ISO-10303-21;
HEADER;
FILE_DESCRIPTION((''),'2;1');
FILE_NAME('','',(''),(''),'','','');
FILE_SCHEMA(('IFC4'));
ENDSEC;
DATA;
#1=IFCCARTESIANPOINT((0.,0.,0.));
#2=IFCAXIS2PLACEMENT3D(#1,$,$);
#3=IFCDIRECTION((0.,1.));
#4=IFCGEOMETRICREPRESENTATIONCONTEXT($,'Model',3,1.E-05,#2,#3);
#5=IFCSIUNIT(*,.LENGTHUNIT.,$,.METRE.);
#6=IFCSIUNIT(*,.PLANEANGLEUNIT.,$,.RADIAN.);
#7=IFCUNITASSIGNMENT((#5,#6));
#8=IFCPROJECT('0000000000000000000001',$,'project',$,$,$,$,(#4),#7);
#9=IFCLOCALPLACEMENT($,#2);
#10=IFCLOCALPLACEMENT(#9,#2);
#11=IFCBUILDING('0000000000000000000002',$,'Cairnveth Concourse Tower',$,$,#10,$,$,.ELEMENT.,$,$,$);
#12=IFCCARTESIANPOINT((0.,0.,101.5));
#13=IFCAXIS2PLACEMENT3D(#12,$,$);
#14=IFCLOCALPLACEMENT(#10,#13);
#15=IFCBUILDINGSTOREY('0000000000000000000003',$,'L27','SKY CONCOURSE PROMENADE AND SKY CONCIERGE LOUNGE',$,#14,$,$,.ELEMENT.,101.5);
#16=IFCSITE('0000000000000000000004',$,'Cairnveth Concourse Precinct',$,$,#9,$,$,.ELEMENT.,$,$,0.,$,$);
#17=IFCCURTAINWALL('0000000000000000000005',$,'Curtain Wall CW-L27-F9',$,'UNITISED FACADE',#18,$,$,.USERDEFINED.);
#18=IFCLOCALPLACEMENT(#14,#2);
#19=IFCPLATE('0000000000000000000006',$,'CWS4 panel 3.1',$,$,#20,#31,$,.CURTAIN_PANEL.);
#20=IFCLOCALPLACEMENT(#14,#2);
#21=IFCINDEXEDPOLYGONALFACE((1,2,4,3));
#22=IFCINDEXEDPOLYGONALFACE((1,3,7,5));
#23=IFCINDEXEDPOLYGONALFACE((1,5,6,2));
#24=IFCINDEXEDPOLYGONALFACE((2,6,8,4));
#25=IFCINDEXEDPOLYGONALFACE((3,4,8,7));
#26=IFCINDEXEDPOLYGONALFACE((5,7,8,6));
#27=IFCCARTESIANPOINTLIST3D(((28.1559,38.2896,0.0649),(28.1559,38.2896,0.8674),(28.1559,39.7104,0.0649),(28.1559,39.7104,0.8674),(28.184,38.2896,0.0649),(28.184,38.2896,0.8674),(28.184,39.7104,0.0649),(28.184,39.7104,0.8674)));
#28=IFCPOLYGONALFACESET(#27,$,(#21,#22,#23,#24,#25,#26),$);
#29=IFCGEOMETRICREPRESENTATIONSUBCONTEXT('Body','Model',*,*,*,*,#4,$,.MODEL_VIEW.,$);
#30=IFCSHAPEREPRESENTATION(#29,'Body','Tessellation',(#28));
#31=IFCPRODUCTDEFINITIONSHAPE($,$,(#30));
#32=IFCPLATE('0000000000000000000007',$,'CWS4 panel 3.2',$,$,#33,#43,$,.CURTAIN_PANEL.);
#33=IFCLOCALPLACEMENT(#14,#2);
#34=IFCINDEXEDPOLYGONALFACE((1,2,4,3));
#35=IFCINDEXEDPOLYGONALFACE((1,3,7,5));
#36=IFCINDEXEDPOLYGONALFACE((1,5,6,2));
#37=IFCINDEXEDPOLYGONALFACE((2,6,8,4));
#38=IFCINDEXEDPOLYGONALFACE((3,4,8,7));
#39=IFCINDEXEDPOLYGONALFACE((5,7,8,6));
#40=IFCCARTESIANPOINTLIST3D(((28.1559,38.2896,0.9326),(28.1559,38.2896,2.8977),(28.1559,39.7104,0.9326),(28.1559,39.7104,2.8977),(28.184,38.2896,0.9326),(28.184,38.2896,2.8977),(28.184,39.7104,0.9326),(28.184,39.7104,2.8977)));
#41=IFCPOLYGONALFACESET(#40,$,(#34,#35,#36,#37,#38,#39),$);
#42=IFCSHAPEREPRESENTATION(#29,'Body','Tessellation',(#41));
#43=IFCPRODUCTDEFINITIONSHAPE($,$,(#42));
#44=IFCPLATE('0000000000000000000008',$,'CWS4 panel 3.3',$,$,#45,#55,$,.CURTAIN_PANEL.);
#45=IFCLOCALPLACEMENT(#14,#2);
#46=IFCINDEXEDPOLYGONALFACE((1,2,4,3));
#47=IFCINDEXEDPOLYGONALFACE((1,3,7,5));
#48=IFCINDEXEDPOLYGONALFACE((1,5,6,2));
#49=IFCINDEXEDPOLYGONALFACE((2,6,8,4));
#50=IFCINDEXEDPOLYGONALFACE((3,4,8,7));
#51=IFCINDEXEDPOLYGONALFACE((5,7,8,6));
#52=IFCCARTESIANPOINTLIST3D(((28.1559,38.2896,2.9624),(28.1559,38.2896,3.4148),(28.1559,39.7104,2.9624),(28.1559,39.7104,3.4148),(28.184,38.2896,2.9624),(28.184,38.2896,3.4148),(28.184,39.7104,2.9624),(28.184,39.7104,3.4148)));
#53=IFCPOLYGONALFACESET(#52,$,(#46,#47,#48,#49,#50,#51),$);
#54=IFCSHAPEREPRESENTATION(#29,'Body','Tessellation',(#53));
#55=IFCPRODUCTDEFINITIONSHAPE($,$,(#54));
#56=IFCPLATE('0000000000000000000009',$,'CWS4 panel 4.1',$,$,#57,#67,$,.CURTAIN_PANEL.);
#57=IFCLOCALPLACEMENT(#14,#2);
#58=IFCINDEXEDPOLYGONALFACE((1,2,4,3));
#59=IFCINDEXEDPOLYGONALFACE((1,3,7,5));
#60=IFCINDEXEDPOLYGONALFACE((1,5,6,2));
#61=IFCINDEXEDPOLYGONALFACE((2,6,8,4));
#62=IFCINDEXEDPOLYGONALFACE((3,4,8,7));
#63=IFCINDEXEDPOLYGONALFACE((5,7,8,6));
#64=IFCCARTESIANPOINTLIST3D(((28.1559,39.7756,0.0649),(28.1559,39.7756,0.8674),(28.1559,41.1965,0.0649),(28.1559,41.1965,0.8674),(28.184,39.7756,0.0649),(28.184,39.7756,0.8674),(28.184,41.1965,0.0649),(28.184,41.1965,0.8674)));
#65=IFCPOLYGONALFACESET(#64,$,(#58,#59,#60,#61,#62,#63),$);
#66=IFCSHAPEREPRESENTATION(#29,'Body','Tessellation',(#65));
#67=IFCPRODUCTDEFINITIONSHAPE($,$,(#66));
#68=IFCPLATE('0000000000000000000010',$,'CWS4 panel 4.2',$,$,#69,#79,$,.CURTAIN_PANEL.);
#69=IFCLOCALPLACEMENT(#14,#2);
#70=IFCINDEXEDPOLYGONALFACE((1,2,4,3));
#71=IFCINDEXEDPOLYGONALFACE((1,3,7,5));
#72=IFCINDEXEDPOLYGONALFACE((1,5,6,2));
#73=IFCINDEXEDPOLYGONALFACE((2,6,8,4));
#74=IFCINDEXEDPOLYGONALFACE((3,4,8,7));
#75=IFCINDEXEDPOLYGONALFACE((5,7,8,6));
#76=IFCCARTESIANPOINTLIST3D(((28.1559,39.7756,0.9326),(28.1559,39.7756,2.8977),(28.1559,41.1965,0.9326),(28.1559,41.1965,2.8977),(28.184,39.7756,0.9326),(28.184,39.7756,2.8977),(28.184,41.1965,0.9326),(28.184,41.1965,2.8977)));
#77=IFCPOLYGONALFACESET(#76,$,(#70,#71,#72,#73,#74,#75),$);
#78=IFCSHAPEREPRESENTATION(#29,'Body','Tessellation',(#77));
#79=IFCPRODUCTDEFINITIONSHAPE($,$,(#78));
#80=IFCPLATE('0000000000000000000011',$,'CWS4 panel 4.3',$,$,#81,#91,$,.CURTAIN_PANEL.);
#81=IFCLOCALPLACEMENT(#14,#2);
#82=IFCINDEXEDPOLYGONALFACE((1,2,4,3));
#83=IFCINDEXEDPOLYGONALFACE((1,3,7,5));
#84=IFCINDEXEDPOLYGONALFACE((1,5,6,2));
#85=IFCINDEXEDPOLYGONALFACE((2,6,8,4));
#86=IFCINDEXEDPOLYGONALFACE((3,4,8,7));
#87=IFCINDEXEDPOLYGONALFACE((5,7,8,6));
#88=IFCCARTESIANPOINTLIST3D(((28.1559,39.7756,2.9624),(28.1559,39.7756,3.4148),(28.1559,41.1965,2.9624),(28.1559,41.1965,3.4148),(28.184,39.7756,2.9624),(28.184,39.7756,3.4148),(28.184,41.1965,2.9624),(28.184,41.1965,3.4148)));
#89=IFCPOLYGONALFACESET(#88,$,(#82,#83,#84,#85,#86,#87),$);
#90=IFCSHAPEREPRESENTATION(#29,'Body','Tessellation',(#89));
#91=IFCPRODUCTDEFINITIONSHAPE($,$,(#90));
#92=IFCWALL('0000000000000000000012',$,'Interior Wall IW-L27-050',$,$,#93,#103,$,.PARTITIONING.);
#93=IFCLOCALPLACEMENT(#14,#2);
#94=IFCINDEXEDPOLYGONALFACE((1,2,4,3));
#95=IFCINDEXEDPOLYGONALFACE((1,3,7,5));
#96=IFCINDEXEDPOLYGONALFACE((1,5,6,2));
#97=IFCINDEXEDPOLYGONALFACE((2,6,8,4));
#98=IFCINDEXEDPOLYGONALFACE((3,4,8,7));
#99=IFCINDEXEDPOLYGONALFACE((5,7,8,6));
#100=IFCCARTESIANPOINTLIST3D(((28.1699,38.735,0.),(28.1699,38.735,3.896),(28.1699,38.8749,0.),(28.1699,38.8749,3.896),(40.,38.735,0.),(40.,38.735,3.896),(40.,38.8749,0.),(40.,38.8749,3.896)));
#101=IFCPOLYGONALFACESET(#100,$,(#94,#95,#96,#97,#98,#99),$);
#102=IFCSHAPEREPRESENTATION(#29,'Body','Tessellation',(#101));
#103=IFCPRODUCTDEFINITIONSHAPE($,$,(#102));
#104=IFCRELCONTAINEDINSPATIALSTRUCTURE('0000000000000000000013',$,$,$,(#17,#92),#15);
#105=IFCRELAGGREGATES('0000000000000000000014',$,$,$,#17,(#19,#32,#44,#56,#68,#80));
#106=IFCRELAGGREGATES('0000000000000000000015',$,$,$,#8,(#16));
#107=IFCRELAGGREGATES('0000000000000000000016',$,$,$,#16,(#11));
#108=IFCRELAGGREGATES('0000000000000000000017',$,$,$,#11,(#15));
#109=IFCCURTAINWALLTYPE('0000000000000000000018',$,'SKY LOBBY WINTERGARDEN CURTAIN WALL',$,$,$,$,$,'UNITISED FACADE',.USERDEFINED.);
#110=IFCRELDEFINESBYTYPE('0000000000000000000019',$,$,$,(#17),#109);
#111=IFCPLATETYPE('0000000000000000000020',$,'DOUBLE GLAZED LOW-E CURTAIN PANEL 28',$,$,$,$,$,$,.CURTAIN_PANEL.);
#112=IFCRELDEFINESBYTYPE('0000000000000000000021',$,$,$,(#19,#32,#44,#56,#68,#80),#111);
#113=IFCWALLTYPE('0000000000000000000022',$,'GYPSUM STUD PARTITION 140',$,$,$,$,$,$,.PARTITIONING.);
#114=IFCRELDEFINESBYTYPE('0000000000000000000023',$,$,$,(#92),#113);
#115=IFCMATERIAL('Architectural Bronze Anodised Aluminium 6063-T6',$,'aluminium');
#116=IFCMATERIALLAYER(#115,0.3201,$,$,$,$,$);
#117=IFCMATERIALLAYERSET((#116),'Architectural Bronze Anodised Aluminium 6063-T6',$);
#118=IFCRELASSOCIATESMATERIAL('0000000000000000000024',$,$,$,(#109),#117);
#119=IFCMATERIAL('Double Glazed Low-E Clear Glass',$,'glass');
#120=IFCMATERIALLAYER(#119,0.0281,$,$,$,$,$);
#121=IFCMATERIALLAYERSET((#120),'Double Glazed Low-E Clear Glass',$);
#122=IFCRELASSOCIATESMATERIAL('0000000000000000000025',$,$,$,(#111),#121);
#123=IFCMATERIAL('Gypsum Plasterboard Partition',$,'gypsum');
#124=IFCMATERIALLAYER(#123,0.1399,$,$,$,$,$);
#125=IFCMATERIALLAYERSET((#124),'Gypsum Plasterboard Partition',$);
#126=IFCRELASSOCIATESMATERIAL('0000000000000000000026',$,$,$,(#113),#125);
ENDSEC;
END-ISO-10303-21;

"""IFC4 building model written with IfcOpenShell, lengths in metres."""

from ifc_helpers import new_model, si_unit, direction, frame, frame_2d, origin, origin_2d, place, context, subcontext, project, spatial, rectangle, extrude, material, layer, layer_set, type_object, element, aggregate, save


model = new_model("IFC4")

# Units and contexts
model_context = context("Model", 3, precision=1e-05, world=origin(), true_north=direction((0.0, 1.0)))
body_context = subcontext(model_context, "Body", "Model", "MODEL_VIEW")
ifc_project = project(units=[si_unit("LENGTHUNIT", "METRE"), si_unit("PLANEANGLEUNIT", "RADIAN")], contexts=[model_context])

# Site, building, storey
site_placement = place(None, origin())
site = spatial("IfcSite", under=ifc_project, at=site_placement, Name="Cairnveth Concourse Precinct", CompositionType="ELEMENT", RefElevation=0.0)
building_placement = place(site_placement, origin())
building = spatial("IfcBuilding", under=site, at=building_placement, Name="Cairnveth Concourse Tower", CompositionType="ELEMENT")
storey_placement = place(building_placement, frame((0.0, 0.0, 101.5)))
storey = spatial("IfcBuildingStorey", under=building, at=storey_placement, Name="L27", Description="SKY CONCOURSE PROMENADE AND SKY CONCIERGE LOUNGE", CompositionType="ELEMENT", Elevation=101.5)

# Curtain wall, plates
ifc_material_1 = material(Name="Architectural Bronze Anodised Aluminium 6063-T6", Category="aluminium")
ifc_layer_1 = layer(ifc_material_1, 0.3201)
ifc_layer_set_1 = layer_set([ifc_layer_1], Name="Architectural Bronze Anodised Aluminium 6063-T6")
curtain_wall_type = type_object("IfcCurtainWallType", Name="SKY LOBBY WINTERGARDEN CURTAIN WALL", ElementType="UNITISED FACADE", PredefinedType="USERDEFINED", material=ifc_layer_set_1)
curtain_wall_placement = place(storey_placement, origin())
curtain_wall = element("IfcCurtainWall", 1, at=curtain_wall_placement, inside=storey, type_object=curtain_wall_type, Name="Curtain Wall CW-L27-F9", ObjectType="UNITISED FACADE", PredefinedType="USERDEFINED")
ifc_material_2 = material(Name="Double Glazed Low-E Clear Glass", Category="glass")
ifc_layer_2 = layer(ifc_material_2, 0.0281)
ifc_layer_set_2 = layer_set([ifc_layer_2], Name="Double Glazed Low-E Clear Glass")
plate_type = type_object("IfcPlateType", Name="DOUBLE GLAZED LOW-E CURTAIN PANEL 28", PredefinedType="CURTAIN_PANEL", material=ifc_layer_set_2)
plate_1_placement = place(storey_placement, frame((28.1699, 39.0, 0.0649), z_axis=(0.0, 0.0, 1.0), x_axis=(0.0, 1.0, 0.0)))
plate_1 = element("IfcPlate", 2, at=plate_1_placement, type_object=plate_type, Name="CWS4 panel 3.1", PredefinedType="CURTAIN_PANEL", context=body_context, shape_type="SweptSolid", body=[
    extrude(rectangle(XDim=1.4209, YDim=0.0281, at=origin_2d()), origin(), (0.0, 0.0, 1.0), 0.8025),
])
plate_2_placement = place(storey_placement, frame((28.1699, 39.0, 0.9326), z_axis=(0.0, 0.0, 1.0), x_axis=(0.0, 1.0, 0.0)))
plate_2 = element("IfcPlate", 3, at=plate_2_placement, type_object=plate_type, Name="CWS4 panel 3.2", PredefinedType="CURTAIN_PANEL", context=body_context, shape_type="SweptSolid", body=[
    extrude(rectangle(XDim=1.4209, YDim=0.0281, at=origin_2d()), origin(), (0.0, 0.0, 1.0), 1.9651),
])
plate_3_placement = place(storey_placement, frame((28.1699, 39.0, 2.9624), z_axis=(0.0, 0.0, 1.0), x_axis=(0.0, 1.0, 0.0)))
plate_3 = element("IfcPlate", 4, at=plate_3_placement, type_object=plate_type, Name="CWS4 panel 3.3", PredefinedType="CURTAIN_PANEL", context=body_context, shape_type="SweptSolid", body=[
    extrude(rectangle(XDim=1.4209, YDim=0.0281, at=origin_2d()), origin(), (0.0, 0.0, 1.0), 0.4524),
])
plate_4_placement = place(storey_placement, frame((28.1699, 40.4861, 0.0649), z_axis=(0.0, 0.0, 1.0), x_axis=(0.0, 1.0, 0.0)))
plate_4 = element("IfcPlate", 5, at=plate_4_placement, type_object=plate_type, Name="CWS4 panel 4.1", PredefinedType="CURTAIN_PANEL", context=body_context, shape_type="SweptSolid", body=[
    extrude(rectangle(XDim=1.4209, YDim=0.0281, at=origin_2d()), origin(), (0.0, 0.0, 1.0), 0.8025),
])
plate_5_placement = place(storey_placement, frame((28.1699, 40.4861, 0.9326), z_axis=(0.0, 0.0, 1.0), x_axis=(0.0, 1.0, 0.0)))
plate_5 = element("IfcPlate", 6, at=plate_5_placement, type_object=plate_type, Name="CWS4 panel 4.2", PredefinedType="CURTAIN_PANEL", context=body_context, shape_type="SweptSolid", body=[
    extrude(rectangle(XDim=1.4209, YDim=0.0281, at=origin_2d()), origin(), (0.0, 0.0, 1.0), 1.9651),
])
plate_6_placement = place(storey_placement, frame((28.1699, 40.4861, 2.9624), z_axis=(0.0, 0.0, 1.0), x_axis=(0.0, 1.0, 0.0)))
plate_6 = element("IfcPlate", 7, at=plate_6_placement, type_object=plate_type, Name="CWS4 panel 4.3", PredefinedType="CURTAIN_PANEL", context=body_context, shape_type="SweptSolid", body=[
    extrude(rectangle(XDim=1.4209, YDim=0.0281, at=origin_2d()), origin(), (0.0, 0.0, 1.0), 0.4524),
])
aggregate(curtain_wall, [plate_1, plate_2, plate_3, plate_4, plate_5, plate_6])

# Wall
ifc_material_3 = material(Name="Gypsum Plasterboard Partition", Category="gypsum")
ifc_layer_3 = layer(ifc_material_3, 0.1399)
ifc_layer_set_3 = layer_set([ifc_layer_3], Name="Gypsum Plasterboard Partition")
wall_type = type_object("IfcWallType", Name="GYPSUM STUD PARTITION 140", PredefinedType="PARTITIONING", material=ifc_layer_set_3)
wall_placement = place(storey_placement, frame((28.1699, 38.8049, 0.0), z_axis=(0.0, 0.0, 1.0), x_axis=(1.0, 0.0, 0.0)))
element("IfcWall", 8, at=wall_placement, inside=storey, type_object=wall_type, Name="Interior Wall IW-L27-050", PredefinedType="PARTITIONING", context=body_context, shape_type="SweptSolid", body=[
    extrude(rectangle(XDim=11.8301, YDim=0.1399, at=frame_2d((5.915, 0.0))), origin(), (0.0, 0.0, 1.0), 3.896),
])

save(model, "model.ifc")
